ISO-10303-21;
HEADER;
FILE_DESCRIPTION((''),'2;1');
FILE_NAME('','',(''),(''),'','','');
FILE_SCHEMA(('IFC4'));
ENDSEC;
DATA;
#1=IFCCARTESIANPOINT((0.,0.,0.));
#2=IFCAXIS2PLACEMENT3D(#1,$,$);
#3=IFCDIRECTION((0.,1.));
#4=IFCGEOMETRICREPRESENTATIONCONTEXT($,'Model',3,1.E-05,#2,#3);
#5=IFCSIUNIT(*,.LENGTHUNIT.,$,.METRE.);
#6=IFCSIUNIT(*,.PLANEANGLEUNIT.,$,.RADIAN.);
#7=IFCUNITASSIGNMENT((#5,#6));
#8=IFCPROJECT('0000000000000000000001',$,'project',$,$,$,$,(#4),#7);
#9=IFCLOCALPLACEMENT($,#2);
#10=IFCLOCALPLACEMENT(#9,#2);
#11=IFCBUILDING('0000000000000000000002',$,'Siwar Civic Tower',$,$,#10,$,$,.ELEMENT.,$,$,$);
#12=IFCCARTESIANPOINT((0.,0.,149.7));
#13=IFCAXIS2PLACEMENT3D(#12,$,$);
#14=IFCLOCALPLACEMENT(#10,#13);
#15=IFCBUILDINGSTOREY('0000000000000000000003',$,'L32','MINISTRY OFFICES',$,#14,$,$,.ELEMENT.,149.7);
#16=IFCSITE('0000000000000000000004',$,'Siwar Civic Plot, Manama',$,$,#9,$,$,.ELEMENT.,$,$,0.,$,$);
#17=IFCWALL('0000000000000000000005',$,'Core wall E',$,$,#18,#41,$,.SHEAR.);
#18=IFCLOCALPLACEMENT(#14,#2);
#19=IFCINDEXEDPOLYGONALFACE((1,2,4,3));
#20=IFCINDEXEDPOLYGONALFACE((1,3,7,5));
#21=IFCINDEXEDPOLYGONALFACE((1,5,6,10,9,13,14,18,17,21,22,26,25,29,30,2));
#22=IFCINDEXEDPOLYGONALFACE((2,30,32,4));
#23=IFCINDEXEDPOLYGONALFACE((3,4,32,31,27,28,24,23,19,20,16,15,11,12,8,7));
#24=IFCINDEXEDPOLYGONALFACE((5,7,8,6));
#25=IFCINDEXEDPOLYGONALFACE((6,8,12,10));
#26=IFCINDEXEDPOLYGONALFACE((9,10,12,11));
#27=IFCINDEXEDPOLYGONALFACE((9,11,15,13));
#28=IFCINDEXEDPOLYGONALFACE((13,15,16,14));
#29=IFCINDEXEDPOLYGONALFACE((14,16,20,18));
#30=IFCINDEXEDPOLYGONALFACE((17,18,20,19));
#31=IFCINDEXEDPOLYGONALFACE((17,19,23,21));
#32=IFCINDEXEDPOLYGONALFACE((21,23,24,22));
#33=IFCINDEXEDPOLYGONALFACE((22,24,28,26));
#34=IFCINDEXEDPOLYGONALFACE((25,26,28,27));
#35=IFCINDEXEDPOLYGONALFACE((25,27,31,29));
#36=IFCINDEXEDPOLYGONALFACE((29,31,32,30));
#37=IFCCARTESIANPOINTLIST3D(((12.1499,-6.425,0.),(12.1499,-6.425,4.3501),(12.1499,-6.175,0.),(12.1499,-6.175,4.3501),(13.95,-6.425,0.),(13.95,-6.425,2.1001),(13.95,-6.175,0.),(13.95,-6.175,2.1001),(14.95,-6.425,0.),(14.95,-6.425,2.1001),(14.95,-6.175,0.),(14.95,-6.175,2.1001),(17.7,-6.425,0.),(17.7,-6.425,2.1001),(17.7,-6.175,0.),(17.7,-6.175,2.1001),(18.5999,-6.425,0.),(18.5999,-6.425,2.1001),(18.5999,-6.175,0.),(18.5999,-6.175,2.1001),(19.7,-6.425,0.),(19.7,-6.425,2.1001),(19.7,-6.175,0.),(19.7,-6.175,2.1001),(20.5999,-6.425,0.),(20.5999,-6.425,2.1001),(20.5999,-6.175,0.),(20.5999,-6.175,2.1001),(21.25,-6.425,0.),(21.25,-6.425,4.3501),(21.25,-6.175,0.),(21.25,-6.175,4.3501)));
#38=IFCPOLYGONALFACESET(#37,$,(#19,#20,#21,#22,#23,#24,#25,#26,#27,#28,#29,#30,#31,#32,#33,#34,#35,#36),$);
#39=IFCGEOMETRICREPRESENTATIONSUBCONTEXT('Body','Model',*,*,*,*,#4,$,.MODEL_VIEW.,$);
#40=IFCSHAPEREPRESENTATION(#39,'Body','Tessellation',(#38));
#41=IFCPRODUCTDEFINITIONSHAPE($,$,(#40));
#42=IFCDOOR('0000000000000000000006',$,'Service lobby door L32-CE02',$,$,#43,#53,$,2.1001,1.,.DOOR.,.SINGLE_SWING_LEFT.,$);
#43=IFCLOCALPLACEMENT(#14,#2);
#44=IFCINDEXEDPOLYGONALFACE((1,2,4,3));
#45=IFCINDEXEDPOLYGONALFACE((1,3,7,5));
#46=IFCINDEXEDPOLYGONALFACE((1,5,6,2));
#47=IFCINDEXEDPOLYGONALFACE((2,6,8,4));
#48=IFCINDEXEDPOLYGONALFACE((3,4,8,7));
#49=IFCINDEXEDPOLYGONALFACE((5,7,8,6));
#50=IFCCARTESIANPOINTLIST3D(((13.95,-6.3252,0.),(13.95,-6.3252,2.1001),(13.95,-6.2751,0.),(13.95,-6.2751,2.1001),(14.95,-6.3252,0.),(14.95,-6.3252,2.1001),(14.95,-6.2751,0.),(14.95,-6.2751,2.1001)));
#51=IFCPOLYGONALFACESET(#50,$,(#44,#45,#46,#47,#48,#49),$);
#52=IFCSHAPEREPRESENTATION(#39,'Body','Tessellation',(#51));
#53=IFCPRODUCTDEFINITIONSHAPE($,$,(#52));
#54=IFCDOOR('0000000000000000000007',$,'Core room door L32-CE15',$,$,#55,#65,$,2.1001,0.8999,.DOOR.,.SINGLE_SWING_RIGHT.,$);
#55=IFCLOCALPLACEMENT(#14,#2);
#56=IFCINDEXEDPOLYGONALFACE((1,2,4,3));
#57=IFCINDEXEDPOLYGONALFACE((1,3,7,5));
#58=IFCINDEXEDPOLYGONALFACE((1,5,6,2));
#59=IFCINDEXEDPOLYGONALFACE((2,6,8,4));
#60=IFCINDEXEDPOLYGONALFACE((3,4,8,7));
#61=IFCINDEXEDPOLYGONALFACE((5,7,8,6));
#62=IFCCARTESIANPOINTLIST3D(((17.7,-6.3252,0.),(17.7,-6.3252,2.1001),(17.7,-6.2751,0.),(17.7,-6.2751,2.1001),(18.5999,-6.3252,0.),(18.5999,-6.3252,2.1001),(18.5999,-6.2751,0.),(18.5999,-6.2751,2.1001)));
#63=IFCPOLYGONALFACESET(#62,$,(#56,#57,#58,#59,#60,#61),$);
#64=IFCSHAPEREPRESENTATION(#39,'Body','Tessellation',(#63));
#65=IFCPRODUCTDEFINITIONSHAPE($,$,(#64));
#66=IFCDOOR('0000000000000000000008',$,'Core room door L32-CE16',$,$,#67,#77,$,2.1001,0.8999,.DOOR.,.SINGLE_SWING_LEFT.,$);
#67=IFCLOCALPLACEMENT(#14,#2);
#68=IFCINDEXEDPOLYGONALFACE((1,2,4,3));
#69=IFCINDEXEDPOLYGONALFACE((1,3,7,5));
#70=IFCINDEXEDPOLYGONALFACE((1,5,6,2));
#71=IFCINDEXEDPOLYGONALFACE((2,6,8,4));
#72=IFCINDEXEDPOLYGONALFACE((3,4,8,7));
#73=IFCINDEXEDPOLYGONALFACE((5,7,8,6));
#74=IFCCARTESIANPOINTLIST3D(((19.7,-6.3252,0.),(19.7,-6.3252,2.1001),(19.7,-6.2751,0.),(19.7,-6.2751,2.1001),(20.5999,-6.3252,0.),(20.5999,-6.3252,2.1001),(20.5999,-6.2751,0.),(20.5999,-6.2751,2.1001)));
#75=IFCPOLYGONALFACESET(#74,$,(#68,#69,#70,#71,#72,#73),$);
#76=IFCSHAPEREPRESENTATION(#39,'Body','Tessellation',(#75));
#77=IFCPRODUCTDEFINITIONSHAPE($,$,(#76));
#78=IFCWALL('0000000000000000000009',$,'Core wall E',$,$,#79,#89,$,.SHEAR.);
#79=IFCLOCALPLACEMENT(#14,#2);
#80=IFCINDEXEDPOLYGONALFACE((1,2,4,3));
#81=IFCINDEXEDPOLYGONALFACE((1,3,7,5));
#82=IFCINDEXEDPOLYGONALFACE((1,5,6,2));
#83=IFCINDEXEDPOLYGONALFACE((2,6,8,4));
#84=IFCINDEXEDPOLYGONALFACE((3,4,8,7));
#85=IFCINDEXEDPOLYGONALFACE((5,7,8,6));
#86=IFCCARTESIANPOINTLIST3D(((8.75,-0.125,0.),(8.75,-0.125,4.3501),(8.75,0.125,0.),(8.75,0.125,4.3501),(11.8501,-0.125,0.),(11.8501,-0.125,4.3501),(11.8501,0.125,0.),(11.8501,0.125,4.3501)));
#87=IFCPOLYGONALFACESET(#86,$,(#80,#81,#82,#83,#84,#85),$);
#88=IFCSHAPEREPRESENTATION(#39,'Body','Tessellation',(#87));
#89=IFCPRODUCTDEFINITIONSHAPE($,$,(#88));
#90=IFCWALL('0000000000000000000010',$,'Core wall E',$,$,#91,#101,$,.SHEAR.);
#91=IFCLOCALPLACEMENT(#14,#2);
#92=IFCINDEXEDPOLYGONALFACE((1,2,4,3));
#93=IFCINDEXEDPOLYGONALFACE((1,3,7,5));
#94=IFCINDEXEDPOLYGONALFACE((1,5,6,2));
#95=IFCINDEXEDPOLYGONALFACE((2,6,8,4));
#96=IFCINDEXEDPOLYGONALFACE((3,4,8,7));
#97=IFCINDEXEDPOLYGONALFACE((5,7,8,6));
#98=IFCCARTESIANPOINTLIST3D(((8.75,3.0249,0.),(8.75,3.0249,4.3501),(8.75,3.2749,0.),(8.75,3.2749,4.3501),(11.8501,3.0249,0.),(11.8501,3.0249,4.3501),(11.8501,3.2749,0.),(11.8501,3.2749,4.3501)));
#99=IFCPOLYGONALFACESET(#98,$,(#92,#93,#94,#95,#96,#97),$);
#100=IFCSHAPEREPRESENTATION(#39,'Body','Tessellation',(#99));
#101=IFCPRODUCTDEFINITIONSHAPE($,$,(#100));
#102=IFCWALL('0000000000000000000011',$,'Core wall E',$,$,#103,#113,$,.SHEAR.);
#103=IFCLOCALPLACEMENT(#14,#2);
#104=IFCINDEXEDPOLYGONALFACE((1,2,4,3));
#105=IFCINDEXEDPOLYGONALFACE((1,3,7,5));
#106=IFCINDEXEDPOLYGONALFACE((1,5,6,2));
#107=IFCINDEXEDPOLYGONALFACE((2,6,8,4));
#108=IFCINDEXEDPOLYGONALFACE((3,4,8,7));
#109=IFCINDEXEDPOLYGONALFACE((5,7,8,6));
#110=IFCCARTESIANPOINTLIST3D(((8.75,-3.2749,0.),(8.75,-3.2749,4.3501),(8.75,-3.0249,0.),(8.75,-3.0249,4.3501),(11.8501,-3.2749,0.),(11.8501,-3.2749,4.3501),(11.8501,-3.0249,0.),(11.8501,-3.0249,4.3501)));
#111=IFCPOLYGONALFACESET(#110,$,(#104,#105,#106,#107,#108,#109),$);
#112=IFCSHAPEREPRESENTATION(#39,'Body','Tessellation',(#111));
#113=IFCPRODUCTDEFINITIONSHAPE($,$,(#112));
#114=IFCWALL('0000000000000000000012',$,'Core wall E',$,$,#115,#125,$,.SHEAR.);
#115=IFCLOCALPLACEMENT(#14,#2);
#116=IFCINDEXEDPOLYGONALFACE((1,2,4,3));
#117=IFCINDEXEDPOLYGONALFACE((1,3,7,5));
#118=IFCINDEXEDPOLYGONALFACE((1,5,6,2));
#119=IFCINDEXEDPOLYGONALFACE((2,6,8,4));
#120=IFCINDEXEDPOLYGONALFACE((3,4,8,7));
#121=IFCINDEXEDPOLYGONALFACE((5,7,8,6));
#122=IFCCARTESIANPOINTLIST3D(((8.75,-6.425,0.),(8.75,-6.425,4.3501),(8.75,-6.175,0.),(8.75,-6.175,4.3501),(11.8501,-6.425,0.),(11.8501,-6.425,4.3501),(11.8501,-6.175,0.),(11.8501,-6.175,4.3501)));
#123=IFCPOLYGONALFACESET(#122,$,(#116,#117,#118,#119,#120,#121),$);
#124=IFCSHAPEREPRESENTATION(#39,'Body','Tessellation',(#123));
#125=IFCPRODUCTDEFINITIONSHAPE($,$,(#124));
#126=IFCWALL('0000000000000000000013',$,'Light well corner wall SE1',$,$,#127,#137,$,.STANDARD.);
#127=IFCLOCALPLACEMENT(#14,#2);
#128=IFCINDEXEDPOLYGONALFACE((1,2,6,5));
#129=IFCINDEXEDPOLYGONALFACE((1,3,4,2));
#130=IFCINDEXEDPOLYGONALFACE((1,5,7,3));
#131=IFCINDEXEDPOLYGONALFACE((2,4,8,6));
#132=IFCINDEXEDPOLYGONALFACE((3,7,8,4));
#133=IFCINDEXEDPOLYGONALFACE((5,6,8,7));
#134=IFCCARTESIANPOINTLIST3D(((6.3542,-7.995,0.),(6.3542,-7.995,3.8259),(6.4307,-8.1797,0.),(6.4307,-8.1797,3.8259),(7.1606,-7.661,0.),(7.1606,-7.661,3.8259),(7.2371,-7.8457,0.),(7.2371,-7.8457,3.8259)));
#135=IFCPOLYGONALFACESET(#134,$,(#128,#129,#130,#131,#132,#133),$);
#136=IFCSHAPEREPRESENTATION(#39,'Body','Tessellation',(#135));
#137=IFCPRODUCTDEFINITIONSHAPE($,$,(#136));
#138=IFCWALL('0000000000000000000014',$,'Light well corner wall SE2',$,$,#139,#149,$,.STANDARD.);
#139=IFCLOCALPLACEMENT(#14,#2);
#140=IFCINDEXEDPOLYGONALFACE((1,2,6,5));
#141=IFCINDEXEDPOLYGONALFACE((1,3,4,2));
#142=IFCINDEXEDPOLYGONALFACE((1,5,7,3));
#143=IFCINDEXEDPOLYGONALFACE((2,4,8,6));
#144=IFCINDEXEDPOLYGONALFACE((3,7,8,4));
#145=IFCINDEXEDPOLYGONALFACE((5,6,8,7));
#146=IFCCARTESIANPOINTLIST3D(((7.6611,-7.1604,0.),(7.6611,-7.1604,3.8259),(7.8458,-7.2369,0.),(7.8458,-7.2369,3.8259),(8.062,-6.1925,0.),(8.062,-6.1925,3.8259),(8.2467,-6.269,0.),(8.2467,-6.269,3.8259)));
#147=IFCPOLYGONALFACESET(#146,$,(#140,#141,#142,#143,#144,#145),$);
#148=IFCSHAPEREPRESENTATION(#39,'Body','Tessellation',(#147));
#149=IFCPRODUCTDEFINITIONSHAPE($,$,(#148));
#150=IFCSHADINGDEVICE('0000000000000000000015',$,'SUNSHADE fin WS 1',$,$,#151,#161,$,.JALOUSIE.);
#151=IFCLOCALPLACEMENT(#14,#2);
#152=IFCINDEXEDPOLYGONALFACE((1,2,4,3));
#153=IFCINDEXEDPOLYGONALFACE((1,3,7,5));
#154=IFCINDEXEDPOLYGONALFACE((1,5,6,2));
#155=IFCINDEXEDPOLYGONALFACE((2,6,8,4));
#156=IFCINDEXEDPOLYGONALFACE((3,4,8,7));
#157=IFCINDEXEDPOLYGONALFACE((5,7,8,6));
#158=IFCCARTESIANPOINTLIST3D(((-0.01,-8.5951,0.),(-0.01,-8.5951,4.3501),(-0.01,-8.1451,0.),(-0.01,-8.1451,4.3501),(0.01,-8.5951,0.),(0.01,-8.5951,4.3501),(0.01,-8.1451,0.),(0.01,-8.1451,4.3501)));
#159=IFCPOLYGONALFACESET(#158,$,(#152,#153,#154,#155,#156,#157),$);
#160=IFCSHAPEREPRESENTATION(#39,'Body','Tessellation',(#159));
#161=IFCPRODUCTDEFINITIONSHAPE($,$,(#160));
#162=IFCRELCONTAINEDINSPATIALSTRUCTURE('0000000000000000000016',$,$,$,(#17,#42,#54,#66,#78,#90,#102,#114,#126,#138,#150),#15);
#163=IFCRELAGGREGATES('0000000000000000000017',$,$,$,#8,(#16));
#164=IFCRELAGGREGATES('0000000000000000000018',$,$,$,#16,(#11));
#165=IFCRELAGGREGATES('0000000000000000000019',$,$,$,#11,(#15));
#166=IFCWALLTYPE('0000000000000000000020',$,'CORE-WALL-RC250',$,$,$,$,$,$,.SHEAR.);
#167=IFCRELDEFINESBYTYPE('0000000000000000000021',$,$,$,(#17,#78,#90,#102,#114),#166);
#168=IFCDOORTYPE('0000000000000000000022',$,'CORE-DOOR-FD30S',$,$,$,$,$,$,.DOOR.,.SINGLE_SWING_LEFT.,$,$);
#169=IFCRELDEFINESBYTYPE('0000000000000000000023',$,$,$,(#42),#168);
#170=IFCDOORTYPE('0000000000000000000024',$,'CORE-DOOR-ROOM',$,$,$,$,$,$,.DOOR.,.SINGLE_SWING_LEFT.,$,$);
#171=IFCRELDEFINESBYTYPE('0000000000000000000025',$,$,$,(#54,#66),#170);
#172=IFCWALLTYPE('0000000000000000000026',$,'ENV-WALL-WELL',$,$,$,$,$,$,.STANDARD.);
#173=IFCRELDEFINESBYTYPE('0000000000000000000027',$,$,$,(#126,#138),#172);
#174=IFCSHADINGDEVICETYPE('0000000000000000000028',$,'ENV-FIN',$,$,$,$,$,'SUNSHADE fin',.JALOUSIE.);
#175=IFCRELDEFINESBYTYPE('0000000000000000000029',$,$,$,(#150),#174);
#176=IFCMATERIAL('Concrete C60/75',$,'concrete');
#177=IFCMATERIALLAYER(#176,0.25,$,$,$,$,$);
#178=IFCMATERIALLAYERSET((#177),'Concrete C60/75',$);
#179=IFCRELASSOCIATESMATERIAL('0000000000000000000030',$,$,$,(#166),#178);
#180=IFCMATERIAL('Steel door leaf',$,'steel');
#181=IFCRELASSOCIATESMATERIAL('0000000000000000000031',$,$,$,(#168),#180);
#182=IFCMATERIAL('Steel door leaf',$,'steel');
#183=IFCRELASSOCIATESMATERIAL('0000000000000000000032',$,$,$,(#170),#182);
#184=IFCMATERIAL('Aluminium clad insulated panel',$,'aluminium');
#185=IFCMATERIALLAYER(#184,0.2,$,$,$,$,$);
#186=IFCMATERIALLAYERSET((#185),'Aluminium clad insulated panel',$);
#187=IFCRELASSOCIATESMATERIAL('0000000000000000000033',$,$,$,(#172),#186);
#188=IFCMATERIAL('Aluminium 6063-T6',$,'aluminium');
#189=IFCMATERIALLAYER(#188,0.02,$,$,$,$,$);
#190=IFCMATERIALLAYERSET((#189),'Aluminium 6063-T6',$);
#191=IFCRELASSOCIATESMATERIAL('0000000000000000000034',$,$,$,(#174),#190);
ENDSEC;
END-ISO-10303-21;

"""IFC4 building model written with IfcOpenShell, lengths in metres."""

from ifc_helpers import new_model, si_unit, direction, frame, frame_2d, origin, origin_2d, place, context, subcontext, project, spatial, rectangle, extrude, material, layer, layer_set, type_object, element, fill, save


model = new_model("IFC4")

# Units and contexts
model_context = context("Model", 3, precision=1e-05, world=origin(), true_north=direction((0.0, 1.0)))
body_context = subcontext(model_context, "Body", "Model", "MODEL_VIEW")
ifc_project = project(units=[si_unit("LENGTHUNIT", "METRE"), si_unit("PLANEANGLEUNIT", "RADIAN")], contexts=[model_context])

# Site, building, storey
site_placement = place(None, origin())
site = spatial("IfcSite", under=ifc_project, at=site_placement, Name="Siwar Civic Plot, Manama", CompositionType="ELEMENT", RefElevation=0.0)
building_placement = place(site_placement, origin())
building = spatial("IfcBuilding", under=site, at=building_placement, Name="Siwar Civic Tower", CompositionType="ELEMENT")
storey_placement = place(building_placement, frame((0.0, 0.0, 149.7)))
storey = spatial("IfcBuildingStorey", under=building, at=storey_placement, Name="L32", Description="MINISTRY OFFICES", CompositionType="ELEMENT", Elevation=149.7)

# Wall, openings, doors
ifc_material_1 = material(Name="Concrete C60/75", Category="concrete")
ifc_layer_1 = layer(ifc_material_1, 0.25)
ifc_layer_set_1 = layer_set([ifc_layer_1], Name="Concrete C60/75")
wall_type_1 = type_object("IfcWallType", Name="CORE-WALL-RC250", PredefinedType="SHEAR", material=ifc_layer_set_1)
wall_1_placement = place(storey_placement, frame((12.1499, -6.3, 0.0), z_axis=(0.0, 0.0, 1.0), x_axis=(1.0, 0.0, 0.0)))
wall_1 = element("IfcWall", 1, at=wall_1_placement, inside=storey, type_object=wall_type_1, Name="Core wall E", PredefinedType="SHEAR", context=body_context, shape_type="SweptSolid", body=[
    extrude(rectangle(XDim=9.1001, YDim=0.25, at=frame_2d((4.55, 0.0))), origin(), (0.0, 0.0, 1.0), 4.3501),
])
opening_1_placement = place(wall_1_placement, frame((1.8, 0.0, 0.0)))
opening_1 = element("IfcOpeningElement", 2, at=opening_1_placement, cuts=wall_1, PredefinedType="OPENING", context=body_context, shape_type="SweptSolid", body=[
    extrude(rectangle(XDim=1.0, YDim=2.1001, at=frame_2d((0.5, 1.05))), frame((0.0, 0.135, 0.0), z_axis=(0.0, -1.0, 0.0), x_axis=(1.0, 0.0, 0.0)), (0.0, 0.0, 1.0), 0.27),
])
opening_2_placement = place(wall_1_placement, frame((5.55, 0.0, 0.0)))
opening_2 = element("IfcOpeningElement", 3, at=opening_2_placement, cuts=wall_1, PredefinedType="OPENING", context=body_context, shape_type="SweptSolid", body=[
    extrude(rectangle(XDim=0.8999, YDim=2.1001, at=frame_2d((0.45, 1.05))), frame((0.0, 0.135, 0.0), z_axis=(0.0, -1.0, 0.0), x_axis=(1.0, 0.0, 0.0)), (0.0, 0.0, 1.0), 0.27),
])
opening_3_placement = place(wall_1_placement, frame((7.55, 0.0, 0.0)))
opening_3 = element("IfcOpeningElement", 4, at=opening_3_placement, cuts=wall_1, PredefinedType="OPENING", context=body_context, shape_type="SweptSolid", body=[
    extrude(rectangle(XDim=0.8999, YDim=2.1001, at=frame_2d((0.45, 1.05))), frame((0.0, 0.135, 0.0), z_axis=(0.0, -1.0, 0.0), x_axis=(1.0, 0.0, 0.0)), (0.0, 0.0, 1.0), 0.27),
])
ifc_material_2 = material(Name="Steel door leaf", Category="steel")
door_type_1 = type_object("IfcDoorType", Name="CORE-DOOR-FD30S", OperationType="SINGLE_SWING_LEFT", PredefinedType="DOOR", material=ifc_material_2)
door_1_placement = place(opening_1_placement, origin())
door_1 = element("IfcDoor", 5, at=door_1_placement, inside=storey, type_object=door_type_1, Name="Service lobby door L32-CE02", OperationType="SINGLE_SWING_LEFT", OverallHeight=2.1001, OverallWidth=1.0, PredefinedType="DOOR", context=body_context, shape_type="SweptSolid", body=[
    extrude(rectangle(XDim=1.0, YDim=2.1001, at=frame_2d((0.5, 1.05))), frame((0.0, 0.0249, 0.0), z_axis=(0.0, -1.0, 0.0), x_axis=(1.0, 0.0, 0.0)), (0.0, 0.0, 1.0), 0.05),
])
fill(opening_1, door_1)
ifc_material_3 = material(Name="Steel door leaf", Category="steel")
door_type_2 = type_object("IfcDoorType", Name="CORE-DOOR-ROOM", OperationType="SINGLE_SWING_LEFT", PredefinedType="DOOR", material=ifc_material_3)
door_2_placement = place(opening_2_placement, origin())
door_2 = element("IfcDoor", 6, at=door_2_placement, inside=storey, type_object=door_type_2, Name="Core room door L32-CE15", OperationType="SINGLE_SWING_RIGHT", OverallHeight=2.1001, OverallWidth=0.8999, PredefinedType="DOOR", context=body_context, shape_type="SweptSolid", body=[
    extrude(rectangle(XDim=0.8999, YDim=2.1001, at=frame_2d((0.45, 1.05))), frame((0.0, 0.0249, 0.0), z_axis=(0.0, -1.0, 0.0), x_axis=(1.0, 0.0, 0.0)), (0.0, 0.0, 1.0), 0.05),
])
fill(opening_2, door_2)
door_3_placement = place(opening_3_placement, origin())
door_3 = element("IfcDoor", 7, at=door_3_placement, inside=storey, type_object=door_type_2, Name="Core room door L32-CE16", OperationType="SINGLE_SWING_LEFT", OverallHeight=2.1001, OverallWidth=0.8999, PredefinedType="DOOR", context=body_context, shape_type="SweptSolid", body=[
    extrude(rectangle(XDim=0.8999, YDim=2.1001, at=frame_2d((0.45, 1.05))), frame((0.0, 0.0249, 0.0), z_axis=(0.0, -1.0, 0.0), x_axis=(1.0, 0.0, 0.0)), (0.0, 0.0, 1.0), 0.05),
])
fill(opening_3, door_3)

# Walls
for number, where, z_axis, x_axis, name in (
    (8, (8.75, 0.0, 0.0), (0.0, 0.0, 1.0), (1.0, 0.0, 0.0), "Core wall E"),
    (9, (8.75, 3.1499, 0.0), (0.0, 0.0, 1.0), (1.0, 0.0, 0.0), "Core wall E"),
    (10, (8.75, -3.1499, 0.0), (0.0, 0.0, 1.0), (1.0, 0.0, 0.0), "Core wall E"),
    (11, (8.75, -6.3, 0.0), (0.0, 0.0, 1.0), (1.0, 0.0, 0.0), "Core wall E"),
):
    element("IfcWall", number, at=place(storey_placement, frame(where, z_axis=z_axis, x_axis=x_axis)), inside=storey, type_object=wall_type_1, Name=name, PredefinedType="SHEAR", context=body_context, shape_type="SweptSolid", body=[
        extrude(rectangle(XDim=3.1001, YDim=0.25, at=frame_2d((1.55, 0.0))), origin(), (0.0, 0.0, 1.0), 4.3501),
    ])
ifc_material_4 = material(Name="Aluminium clad insulated panel", Category="aluminium")
ifc_layer_2 = layer(ifc_material_4, 0.2)
ifc_layer_set_2 = layer_set([ifc_layer_2], Name="Aluminium clad insulated panel")
wall_type_2 = type_object("IfcWallType", Name="ENV-WALL-WELL", PredefinedType="STANDARD", material=ifc_layer_set_2)
wall_2_placement = place(storey_placement, frame((6.3923, -8.0874, 0.0), z_axis=(0.0, 0.0, 1.0), x_axis=(0.923894, 0.382648, 0.0)))
element("IfcWall", 12, at=wall_2_placement, inside=storey, type_object=wall_type_2, Name="Light well corner wall SE1", PredefinedType="STANDARD", context=body_context, shape_type="SweptSolid", body=[
    extrude(rectangle(XDim=0.8728, YDim=0.2, at=frame_2d((0.4365, 0.0))), origin(), (0.0, 0.0, 1.0), 3.8259),
])
wall_3_placement = place(storey_placement, frame((7.7534, -7.1987, 0.0), z_axis=(0.0, 0.0, 1.0), x_axis=(0.382695, 0.923875, 0.0)))
element("IfcWall", 13, at=wall_3_placement, inside=storey, type_object=wall_type_2, Name="Light well corner wall SE2", PredefinedType="STANDARD", context=body_context, shape_type="SweptSolid", body=[
    extrude(rectangle(XDim=1.0476, YDim=0.2, at=frame_2d((0.5239, 0.0))), origin(), (0.0, 0.0, 1.0), 3.8259),
])

# Shading device
ifc_material_5 = material(Name="Aluminium 6063-T6", Category="aluminium")
ifc_layer_3 = layer(ifc_material_5, 0.02)
ifc_layer_set_3 = layer_set([ifc_layer_3], Name="Aluminium 6063-T6")
shading_device_type = type_object("IfcShadingDeviceType", Name="ENV-FIN", ElementType="SUNSHADE fin", PredefinedType="JALOUSIE", material=ifc_layer_set_3)
shading_device_placement = place(storey_placement, frame((0.0, -8.3701, 0.0), z_axis=(0.0, 0.0, 1.0), x_axis=(1.0, 0.0, 0.0)))
element("IfcShadingDevice", 14, at=shading_device_placement, inside=storey, type_object=shading_device_type, Name="SUNSHADE fin WS 1", PredefinedType="JALOUSIE", context=body_context, shape_type="SweptSolid", body=[
    extrude(rectangle(XDim=0.02, YDim=0.45, at=origin_2d()), origin(), (0.0, 0.0, 1.0), 4.3501),
])

save(model, "model.ifc")
